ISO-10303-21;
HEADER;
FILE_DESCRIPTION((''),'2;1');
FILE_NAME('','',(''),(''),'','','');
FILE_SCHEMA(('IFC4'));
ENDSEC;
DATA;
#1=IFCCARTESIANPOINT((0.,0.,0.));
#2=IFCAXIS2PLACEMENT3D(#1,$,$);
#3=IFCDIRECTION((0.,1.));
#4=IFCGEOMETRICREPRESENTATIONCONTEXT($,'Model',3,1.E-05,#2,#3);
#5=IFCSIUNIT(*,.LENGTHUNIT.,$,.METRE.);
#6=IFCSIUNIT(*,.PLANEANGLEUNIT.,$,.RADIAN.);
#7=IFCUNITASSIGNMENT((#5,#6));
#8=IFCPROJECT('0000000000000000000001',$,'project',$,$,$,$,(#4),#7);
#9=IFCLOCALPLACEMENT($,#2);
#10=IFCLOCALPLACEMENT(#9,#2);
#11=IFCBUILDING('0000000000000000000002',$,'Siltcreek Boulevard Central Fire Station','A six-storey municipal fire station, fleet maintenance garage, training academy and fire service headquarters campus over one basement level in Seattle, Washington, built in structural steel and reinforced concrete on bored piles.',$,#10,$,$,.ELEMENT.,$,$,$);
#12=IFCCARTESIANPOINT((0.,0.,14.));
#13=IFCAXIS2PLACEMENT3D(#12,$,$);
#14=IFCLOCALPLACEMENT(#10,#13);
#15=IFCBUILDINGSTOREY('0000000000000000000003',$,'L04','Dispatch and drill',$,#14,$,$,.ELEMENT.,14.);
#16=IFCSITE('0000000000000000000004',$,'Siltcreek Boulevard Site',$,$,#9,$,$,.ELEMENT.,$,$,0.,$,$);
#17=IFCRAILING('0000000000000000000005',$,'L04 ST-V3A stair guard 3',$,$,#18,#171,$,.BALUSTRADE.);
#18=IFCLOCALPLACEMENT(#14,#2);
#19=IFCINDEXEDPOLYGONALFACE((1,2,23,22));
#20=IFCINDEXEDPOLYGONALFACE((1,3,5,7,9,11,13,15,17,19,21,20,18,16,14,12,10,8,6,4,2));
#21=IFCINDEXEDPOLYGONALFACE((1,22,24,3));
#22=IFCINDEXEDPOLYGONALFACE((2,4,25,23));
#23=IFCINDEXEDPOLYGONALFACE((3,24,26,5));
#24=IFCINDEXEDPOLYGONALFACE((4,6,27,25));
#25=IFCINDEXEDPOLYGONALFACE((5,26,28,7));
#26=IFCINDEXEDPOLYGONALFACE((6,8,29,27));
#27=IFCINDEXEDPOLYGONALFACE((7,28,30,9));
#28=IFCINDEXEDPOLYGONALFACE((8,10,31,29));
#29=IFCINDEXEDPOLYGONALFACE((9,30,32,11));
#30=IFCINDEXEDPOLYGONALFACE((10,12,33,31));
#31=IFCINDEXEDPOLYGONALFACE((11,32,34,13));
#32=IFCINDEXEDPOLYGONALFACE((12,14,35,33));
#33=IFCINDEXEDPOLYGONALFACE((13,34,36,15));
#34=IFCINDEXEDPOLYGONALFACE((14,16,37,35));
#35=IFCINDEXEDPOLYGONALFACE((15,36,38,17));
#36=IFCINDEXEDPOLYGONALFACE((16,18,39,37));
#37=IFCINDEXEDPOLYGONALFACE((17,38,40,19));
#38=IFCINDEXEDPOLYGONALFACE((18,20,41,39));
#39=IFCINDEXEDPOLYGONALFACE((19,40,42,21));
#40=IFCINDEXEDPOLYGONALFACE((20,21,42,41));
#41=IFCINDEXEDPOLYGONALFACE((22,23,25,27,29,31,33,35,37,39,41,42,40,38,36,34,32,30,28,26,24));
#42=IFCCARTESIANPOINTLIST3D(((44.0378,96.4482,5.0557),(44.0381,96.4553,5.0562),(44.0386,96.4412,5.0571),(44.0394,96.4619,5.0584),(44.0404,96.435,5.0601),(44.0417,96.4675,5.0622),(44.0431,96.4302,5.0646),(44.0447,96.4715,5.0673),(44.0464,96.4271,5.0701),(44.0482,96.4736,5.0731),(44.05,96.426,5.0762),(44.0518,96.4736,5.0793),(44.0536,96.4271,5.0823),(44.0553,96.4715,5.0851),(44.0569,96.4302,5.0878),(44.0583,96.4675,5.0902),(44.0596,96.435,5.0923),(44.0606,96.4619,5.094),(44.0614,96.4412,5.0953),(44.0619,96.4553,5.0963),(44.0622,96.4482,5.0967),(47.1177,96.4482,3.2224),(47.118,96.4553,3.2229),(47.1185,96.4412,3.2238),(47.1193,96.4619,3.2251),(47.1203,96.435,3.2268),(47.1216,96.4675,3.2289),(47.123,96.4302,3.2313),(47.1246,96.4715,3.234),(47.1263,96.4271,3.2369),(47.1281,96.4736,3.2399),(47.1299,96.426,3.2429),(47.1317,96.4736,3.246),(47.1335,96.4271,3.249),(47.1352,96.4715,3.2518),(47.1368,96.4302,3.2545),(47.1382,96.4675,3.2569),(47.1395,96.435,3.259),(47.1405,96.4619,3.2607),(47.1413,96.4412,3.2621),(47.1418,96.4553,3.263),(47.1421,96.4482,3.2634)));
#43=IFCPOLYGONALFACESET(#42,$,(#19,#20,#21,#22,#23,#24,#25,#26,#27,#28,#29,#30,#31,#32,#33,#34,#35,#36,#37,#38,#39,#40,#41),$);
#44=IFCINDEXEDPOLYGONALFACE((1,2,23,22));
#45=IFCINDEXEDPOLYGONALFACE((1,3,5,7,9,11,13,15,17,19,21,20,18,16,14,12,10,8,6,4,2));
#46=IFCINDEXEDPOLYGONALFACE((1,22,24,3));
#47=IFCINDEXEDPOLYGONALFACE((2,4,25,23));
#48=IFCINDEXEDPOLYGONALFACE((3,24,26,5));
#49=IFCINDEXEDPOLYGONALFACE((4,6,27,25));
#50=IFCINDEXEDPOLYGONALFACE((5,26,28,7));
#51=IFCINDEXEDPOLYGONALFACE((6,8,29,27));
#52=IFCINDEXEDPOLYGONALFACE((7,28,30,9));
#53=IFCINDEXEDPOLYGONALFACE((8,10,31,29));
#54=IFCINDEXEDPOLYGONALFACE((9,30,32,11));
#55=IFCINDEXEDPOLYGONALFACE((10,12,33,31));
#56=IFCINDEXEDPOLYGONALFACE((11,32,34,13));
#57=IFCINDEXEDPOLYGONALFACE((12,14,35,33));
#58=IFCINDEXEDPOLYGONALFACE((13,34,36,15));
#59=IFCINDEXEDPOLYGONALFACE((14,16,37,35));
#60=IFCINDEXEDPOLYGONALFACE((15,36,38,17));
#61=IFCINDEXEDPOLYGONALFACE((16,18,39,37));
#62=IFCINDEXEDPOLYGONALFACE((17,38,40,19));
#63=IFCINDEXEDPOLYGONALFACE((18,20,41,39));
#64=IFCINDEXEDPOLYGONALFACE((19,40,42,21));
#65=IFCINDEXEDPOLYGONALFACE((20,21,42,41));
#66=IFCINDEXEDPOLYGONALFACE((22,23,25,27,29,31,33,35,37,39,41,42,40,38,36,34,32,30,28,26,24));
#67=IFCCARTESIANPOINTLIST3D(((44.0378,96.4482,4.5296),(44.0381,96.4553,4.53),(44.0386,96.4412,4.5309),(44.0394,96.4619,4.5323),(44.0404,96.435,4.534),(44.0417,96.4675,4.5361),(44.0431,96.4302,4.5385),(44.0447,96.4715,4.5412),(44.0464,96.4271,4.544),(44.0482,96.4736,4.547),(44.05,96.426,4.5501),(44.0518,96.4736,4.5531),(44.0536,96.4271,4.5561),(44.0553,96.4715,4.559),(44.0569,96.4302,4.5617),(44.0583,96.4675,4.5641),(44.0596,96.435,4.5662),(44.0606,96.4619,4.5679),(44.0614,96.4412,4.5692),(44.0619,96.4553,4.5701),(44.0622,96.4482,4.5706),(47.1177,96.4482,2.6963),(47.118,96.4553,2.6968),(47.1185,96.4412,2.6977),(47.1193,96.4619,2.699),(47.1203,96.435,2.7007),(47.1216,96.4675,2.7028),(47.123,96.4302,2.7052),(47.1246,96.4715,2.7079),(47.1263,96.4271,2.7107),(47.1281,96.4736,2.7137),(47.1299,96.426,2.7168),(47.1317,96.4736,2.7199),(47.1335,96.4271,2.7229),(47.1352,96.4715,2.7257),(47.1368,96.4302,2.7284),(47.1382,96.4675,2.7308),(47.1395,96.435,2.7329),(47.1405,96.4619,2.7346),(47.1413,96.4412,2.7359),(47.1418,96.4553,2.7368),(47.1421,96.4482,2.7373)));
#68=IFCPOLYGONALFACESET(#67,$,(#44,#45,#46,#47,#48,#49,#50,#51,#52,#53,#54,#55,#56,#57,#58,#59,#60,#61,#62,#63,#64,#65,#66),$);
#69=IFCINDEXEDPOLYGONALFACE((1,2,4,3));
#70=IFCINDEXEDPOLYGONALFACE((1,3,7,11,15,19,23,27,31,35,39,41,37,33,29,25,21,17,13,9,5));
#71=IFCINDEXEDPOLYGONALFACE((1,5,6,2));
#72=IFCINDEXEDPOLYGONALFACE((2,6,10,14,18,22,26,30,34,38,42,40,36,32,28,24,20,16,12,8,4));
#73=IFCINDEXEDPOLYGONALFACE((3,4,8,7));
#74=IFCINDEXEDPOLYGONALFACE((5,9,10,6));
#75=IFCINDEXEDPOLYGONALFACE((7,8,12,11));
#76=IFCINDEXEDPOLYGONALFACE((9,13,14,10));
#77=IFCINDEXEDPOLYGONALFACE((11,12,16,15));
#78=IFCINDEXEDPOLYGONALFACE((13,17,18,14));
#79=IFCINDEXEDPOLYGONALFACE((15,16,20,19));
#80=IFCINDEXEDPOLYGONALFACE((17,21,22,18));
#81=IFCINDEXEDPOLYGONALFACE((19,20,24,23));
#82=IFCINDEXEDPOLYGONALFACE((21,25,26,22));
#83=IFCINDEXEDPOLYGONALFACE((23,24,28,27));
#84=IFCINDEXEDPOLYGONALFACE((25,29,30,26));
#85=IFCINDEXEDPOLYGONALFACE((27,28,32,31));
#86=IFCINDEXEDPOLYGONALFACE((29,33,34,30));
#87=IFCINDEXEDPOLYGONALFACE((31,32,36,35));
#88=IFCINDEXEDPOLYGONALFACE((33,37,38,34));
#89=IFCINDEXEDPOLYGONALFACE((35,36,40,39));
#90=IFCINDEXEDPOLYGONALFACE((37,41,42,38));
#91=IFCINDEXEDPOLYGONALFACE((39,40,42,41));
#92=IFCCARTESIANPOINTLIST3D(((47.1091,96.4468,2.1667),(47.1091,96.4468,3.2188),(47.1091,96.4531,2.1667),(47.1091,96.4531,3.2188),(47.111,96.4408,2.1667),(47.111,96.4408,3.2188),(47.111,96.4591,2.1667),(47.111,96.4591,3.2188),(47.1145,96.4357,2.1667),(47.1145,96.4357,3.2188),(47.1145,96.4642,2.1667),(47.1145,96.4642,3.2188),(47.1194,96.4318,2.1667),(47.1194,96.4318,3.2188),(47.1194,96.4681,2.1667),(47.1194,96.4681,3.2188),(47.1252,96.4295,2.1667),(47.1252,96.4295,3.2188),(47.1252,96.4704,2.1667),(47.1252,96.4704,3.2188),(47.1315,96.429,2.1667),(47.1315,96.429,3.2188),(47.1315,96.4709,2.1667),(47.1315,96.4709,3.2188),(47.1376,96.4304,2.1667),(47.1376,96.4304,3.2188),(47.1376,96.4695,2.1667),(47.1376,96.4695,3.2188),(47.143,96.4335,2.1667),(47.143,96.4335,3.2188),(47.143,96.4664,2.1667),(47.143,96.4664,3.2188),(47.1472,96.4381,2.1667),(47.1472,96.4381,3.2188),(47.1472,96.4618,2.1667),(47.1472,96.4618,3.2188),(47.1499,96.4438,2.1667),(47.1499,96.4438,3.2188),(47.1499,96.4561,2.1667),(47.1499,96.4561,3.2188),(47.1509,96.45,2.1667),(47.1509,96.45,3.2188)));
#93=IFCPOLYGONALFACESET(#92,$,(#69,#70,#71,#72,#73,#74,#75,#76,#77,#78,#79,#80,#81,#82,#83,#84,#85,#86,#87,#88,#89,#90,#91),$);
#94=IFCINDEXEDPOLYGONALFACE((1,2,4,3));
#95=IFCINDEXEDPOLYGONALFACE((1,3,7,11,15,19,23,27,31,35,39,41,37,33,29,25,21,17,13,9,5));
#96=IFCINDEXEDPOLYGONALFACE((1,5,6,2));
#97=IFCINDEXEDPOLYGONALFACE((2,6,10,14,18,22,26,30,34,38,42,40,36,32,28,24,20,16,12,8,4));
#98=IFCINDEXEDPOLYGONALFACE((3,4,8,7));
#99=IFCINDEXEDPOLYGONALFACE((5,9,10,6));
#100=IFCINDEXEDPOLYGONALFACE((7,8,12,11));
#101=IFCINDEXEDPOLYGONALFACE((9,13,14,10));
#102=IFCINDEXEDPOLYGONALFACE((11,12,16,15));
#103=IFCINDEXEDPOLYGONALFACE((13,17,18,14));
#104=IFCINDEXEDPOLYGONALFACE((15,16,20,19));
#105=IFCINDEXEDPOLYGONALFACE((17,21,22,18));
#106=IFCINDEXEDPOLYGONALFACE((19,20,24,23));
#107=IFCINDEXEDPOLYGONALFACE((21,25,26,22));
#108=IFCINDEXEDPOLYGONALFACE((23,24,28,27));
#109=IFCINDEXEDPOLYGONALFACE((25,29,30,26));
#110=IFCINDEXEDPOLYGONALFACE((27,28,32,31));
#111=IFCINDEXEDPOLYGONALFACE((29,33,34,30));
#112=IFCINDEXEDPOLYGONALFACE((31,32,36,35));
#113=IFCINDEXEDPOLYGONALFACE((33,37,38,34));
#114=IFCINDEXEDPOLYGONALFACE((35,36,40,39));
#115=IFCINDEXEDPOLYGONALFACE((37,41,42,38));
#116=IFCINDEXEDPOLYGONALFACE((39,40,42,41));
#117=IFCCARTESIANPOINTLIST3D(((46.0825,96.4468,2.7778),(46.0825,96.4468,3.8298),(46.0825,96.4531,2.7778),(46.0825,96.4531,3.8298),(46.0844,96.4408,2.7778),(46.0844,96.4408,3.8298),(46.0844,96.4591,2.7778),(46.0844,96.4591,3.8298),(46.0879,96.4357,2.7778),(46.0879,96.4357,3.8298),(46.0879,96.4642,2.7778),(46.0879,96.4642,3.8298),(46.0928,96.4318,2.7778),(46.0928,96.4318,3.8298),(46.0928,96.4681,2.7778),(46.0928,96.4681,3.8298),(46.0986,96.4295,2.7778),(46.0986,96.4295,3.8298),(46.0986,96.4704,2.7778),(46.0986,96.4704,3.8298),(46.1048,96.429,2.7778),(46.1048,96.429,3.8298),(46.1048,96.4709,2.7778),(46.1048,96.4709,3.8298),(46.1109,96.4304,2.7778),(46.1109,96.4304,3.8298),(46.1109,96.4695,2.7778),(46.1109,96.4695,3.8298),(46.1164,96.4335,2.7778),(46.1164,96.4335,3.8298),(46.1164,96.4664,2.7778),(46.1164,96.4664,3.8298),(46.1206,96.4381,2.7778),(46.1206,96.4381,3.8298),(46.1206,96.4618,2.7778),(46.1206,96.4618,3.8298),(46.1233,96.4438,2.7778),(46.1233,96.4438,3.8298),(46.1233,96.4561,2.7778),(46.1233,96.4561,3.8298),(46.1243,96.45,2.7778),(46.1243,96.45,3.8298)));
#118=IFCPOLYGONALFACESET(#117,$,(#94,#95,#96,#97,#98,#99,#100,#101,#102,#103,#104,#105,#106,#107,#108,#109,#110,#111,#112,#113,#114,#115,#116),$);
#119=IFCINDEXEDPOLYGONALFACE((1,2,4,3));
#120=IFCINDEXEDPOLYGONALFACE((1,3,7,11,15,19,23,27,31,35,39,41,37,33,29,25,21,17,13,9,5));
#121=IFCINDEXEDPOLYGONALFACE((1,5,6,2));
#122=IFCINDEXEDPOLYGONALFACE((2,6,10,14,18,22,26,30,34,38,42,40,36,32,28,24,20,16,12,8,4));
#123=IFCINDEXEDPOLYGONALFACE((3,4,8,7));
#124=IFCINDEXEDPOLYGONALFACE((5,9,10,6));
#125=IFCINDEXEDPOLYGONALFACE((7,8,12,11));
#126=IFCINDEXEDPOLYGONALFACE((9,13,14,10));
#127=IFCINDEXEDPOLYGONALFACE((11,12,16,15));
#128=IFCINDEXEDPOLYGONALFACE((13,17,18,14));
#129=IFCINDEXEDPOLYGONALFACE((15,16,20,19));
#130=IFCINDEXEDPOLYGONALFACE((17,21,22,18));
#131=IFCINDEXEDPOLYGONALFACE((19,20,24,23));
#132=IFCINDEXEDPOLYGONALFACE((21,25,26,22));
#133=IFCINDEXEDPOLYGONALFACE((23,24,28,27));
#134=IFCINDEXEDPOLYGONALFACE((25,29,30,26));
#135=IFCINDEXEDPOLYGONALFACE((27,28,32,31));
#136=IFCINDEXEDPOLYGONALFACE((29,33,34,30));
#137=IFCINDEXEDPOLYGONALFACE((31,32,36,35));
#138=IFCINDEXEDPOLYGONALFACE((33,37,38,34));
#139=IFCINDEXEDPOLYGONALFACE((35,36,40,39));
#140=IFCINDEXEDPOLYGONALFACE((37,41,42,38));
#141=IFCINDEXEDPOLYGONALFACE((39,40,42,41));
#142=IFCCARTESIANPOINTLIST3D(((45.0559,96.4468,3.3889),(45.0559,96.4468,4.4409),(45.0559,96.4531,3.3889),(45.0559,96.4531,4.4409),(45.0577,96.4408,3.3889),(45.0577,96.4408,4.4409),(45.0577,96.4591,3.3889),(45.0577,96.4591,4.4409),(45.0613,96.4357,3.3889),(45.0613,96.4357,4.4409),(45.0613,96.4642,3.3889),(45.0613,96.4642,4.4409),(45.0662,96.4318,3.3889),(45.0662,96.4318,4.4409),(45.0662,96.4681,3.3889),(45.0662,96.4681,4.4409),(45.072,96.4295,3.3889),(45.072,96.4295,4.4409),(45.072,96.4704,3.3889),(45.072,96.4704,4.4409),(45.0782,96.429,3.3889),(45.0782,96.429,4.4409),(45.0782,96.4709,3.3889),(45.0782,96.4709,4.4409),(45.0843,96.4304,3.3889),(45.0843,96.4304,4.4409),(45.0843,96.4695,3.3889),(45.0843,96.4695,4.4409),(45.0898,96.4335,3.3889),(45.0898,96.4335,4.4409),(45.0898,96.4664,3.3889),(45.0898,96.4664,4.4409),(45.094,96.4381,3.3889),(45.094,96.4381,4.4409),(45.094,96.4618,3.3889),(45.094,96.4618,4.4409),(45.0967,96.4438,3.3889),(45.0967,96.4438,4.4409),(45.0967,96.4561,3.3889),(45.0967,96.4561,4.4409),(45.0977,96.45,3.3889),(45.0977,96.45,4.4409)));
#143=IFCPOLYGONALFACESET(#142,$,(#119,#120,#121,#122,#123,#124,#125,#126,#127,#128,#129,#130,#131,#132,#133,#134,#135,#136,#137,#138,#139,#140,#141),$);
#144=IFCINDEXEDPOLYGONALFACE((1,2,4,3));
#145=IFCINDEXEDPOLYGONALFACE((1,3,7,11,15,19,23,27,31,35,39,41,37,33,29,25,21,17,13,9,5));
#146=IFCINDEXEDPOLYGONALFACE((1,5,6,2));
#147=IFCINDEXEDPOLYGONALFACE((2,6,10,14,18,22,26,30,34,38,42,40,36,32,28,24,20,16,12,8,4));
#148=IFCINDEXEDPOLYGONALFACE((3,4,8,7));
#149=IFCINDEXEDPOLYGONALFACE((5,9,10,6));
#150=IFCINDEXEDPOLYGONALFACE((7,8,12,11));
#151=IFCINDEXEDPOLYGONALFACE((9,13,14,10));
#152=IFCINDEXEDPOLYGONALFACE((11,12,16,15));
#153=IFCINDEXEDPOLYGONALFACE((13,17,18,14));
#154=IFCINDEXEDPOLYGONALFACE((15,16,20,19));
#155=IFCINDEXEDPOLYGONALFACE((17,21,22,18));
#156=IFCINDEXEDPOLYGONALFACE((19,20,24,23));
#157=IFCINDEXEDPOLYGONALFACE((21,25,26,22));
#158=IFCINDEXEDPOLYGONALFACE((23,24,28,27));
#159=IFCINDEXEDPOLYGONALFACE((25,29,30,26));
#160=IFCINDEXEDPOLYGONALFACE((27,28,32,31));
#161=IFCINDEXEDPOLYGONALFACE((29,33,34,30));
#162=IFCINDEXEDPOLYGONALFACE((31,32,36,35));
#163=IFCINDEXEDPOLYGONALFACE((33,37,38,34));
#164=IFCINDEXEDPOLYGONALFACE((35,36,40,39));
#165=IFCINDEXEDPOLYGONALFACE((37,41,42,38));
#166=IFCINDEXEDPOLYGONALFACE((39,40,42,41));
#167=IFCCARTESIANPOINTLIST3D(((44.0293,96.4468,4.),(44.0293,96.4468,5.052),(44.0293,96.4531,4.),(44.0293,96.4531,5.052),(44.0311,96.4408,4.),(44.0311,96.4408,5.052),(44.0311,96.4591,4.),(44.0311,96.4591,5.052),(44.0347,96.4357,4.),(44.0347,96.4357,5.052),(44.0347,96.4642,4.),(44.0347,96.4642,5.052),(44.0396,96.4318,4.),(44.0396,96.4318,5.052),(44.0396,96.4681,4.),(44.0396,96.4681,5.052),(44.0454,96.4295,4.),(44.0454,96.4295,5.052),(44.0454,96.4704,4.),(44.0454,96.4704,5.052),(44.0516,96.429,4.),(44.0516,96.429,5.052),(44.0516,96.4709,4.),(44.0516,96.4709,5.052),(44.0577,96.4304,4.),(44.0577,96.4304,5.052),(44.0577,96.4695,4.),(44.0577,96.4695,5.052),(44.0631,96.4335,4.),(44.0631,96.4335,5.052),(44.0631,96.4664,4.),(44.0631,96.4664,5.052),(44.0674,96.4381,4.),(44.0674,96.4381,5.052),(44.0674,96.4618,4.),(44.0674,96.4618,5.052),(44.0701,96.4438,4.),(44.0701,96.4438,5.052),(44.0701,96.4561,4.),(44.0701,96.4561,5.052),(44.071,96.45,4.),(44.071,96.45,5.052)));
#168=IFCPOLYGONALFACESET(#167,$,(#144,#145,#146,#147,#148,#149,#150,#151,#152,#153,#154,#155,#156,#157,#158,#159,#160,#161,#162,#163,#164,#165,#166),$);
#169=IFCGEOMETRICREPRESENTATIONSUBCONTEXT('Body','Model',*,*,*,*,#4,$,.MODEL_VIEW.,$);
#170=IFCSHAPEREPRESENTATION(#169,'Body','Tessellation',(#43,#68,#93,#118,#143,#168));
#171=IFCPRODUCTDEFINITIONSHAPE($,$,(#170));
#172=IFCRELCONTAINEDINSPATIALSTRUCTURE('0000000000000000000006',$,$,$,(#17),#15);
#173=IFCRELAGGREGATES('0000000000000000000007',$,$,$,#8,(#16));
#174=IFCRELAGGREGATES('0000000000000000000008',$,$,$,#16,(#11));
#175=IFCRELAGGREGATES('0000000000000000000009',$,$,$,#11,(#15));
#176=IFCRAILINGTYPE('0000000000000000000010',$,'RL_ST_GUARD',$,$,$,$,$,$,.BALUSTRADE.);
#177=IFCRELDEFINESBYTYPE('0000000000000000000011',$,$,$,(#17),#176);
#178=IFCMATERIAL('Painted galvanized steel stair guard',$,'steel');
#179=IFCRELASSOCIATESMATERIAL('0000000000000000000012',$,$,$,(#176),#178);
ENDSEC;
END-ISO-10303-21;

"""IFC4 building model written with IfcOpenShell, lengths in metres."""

from ifc_helpers import new_model, si_unit, direction, frame, origin, origin_2d, place, context, subcontext, project, spatial, circle, extrude, material, type_object, element, save


model = new_model("IFC4")

# Units and contexts
model_context = context("Model", 3, precision=1e-05, world=origin(), true_north=direction((0.0, 1.0)))
body_context = subcontext(model_context, "Body", "Model", "MODEL_VIEW")
ifc_project = project(units=[si_unit("LENGTHUNIT", "METRE"), si_unit("PLANEANGLEUNIT", "RADIAN")], contexts=[model_context])

# Site, building, storey
site_placement = place(None, origin())
site = spatial("IfcSite", under=ifc_project, at=site_placement, Name="Siltcreek Boulevard Site", CompositionType="ELEMENT", RefElevation=0.0)
building_placement = place(site_placement, origin())
building = spatial("IfcBuilding", under=site, at=building_placement, Name="Siltcreek Boulevard Central Fire Station", Description="A six-storey municipal fire station, fleet maintenance garage, training academy and fire service headquarters campus over one basement level in Seattle, Washington, built in structural steel and reinforced concrete on bored piles.", CompositionType="ELEMENT")
storey_placement = place(building_placement, frame((0.0, 0.0, 14.0)))
storey = spatial("IfcBuildingStorey", under=building, at=storey_placement, Name="L04", Description="Dispatch and drill", CompositionType="ELEMENT", Elevation=14.0)

# Railing
ifc_material_1 = material(Name="Painted galvanized steel stair guard", Category="steel")
railing_type_1 = type_object("IfcRailingType", Name="RL_ST_GUARD", PredefinedType="BALUSTRADE", material=ifc_material_1)
railing_1_placement = place(storey_placement, frame((47.1299, 96.45, 2.1667)))
element("IfcRailing", 1, at=railing_1_placement, inside=storey, type_object=railing_type_1, Name="L04 ST-V3A stair guard 3", PredefinedType="BALUSTRADE", context=body_context, shape_type="SweptSolid", body=[
    extrude(circle(Radius=0.0239, at=origin_2d()), frame((0.0, 0.0, 1.0762), z_axis=(-0.859291, 0.0, 0.511487), x_axis=(0.0, -1.0, 0.0)), (0.0, 0.0, 1.0), 3.5842),
    extrude(circle(Radius=0.0239, at=origin_2d()), frame((0.0, 0.0, 0.55), z_axis=(-0.859291, 0.0, 0.511487), x_axis=(0.0, -1.0, 0.0)), (0.0, 0.0, 1.0), 3.5842),
    extrude(circle(Radius=0.021, at=origin_2d()), origin(), (0.0, 0.0, 1.0), 1.052),
    extrude(circle(Radius=0.021, at=origin_2d()), frame((-1.0266, 0.0, 0.6111)), (0.0, 0.0, 1.0), 1.052),
    extrude(circle(Radius=0.021, at=origin_2d()), frame((-2.0532, 0.0, 1.2222)), (0.0, 0.0, 1.0), 1.052),
    extrude(circle(Radius=0.021, at=origin_2d()), frame((-3.0798, 0.0, 1.8333)), (0.0, 0.0, 1.0), 1.052),
])

save(model, "model.ifc")
